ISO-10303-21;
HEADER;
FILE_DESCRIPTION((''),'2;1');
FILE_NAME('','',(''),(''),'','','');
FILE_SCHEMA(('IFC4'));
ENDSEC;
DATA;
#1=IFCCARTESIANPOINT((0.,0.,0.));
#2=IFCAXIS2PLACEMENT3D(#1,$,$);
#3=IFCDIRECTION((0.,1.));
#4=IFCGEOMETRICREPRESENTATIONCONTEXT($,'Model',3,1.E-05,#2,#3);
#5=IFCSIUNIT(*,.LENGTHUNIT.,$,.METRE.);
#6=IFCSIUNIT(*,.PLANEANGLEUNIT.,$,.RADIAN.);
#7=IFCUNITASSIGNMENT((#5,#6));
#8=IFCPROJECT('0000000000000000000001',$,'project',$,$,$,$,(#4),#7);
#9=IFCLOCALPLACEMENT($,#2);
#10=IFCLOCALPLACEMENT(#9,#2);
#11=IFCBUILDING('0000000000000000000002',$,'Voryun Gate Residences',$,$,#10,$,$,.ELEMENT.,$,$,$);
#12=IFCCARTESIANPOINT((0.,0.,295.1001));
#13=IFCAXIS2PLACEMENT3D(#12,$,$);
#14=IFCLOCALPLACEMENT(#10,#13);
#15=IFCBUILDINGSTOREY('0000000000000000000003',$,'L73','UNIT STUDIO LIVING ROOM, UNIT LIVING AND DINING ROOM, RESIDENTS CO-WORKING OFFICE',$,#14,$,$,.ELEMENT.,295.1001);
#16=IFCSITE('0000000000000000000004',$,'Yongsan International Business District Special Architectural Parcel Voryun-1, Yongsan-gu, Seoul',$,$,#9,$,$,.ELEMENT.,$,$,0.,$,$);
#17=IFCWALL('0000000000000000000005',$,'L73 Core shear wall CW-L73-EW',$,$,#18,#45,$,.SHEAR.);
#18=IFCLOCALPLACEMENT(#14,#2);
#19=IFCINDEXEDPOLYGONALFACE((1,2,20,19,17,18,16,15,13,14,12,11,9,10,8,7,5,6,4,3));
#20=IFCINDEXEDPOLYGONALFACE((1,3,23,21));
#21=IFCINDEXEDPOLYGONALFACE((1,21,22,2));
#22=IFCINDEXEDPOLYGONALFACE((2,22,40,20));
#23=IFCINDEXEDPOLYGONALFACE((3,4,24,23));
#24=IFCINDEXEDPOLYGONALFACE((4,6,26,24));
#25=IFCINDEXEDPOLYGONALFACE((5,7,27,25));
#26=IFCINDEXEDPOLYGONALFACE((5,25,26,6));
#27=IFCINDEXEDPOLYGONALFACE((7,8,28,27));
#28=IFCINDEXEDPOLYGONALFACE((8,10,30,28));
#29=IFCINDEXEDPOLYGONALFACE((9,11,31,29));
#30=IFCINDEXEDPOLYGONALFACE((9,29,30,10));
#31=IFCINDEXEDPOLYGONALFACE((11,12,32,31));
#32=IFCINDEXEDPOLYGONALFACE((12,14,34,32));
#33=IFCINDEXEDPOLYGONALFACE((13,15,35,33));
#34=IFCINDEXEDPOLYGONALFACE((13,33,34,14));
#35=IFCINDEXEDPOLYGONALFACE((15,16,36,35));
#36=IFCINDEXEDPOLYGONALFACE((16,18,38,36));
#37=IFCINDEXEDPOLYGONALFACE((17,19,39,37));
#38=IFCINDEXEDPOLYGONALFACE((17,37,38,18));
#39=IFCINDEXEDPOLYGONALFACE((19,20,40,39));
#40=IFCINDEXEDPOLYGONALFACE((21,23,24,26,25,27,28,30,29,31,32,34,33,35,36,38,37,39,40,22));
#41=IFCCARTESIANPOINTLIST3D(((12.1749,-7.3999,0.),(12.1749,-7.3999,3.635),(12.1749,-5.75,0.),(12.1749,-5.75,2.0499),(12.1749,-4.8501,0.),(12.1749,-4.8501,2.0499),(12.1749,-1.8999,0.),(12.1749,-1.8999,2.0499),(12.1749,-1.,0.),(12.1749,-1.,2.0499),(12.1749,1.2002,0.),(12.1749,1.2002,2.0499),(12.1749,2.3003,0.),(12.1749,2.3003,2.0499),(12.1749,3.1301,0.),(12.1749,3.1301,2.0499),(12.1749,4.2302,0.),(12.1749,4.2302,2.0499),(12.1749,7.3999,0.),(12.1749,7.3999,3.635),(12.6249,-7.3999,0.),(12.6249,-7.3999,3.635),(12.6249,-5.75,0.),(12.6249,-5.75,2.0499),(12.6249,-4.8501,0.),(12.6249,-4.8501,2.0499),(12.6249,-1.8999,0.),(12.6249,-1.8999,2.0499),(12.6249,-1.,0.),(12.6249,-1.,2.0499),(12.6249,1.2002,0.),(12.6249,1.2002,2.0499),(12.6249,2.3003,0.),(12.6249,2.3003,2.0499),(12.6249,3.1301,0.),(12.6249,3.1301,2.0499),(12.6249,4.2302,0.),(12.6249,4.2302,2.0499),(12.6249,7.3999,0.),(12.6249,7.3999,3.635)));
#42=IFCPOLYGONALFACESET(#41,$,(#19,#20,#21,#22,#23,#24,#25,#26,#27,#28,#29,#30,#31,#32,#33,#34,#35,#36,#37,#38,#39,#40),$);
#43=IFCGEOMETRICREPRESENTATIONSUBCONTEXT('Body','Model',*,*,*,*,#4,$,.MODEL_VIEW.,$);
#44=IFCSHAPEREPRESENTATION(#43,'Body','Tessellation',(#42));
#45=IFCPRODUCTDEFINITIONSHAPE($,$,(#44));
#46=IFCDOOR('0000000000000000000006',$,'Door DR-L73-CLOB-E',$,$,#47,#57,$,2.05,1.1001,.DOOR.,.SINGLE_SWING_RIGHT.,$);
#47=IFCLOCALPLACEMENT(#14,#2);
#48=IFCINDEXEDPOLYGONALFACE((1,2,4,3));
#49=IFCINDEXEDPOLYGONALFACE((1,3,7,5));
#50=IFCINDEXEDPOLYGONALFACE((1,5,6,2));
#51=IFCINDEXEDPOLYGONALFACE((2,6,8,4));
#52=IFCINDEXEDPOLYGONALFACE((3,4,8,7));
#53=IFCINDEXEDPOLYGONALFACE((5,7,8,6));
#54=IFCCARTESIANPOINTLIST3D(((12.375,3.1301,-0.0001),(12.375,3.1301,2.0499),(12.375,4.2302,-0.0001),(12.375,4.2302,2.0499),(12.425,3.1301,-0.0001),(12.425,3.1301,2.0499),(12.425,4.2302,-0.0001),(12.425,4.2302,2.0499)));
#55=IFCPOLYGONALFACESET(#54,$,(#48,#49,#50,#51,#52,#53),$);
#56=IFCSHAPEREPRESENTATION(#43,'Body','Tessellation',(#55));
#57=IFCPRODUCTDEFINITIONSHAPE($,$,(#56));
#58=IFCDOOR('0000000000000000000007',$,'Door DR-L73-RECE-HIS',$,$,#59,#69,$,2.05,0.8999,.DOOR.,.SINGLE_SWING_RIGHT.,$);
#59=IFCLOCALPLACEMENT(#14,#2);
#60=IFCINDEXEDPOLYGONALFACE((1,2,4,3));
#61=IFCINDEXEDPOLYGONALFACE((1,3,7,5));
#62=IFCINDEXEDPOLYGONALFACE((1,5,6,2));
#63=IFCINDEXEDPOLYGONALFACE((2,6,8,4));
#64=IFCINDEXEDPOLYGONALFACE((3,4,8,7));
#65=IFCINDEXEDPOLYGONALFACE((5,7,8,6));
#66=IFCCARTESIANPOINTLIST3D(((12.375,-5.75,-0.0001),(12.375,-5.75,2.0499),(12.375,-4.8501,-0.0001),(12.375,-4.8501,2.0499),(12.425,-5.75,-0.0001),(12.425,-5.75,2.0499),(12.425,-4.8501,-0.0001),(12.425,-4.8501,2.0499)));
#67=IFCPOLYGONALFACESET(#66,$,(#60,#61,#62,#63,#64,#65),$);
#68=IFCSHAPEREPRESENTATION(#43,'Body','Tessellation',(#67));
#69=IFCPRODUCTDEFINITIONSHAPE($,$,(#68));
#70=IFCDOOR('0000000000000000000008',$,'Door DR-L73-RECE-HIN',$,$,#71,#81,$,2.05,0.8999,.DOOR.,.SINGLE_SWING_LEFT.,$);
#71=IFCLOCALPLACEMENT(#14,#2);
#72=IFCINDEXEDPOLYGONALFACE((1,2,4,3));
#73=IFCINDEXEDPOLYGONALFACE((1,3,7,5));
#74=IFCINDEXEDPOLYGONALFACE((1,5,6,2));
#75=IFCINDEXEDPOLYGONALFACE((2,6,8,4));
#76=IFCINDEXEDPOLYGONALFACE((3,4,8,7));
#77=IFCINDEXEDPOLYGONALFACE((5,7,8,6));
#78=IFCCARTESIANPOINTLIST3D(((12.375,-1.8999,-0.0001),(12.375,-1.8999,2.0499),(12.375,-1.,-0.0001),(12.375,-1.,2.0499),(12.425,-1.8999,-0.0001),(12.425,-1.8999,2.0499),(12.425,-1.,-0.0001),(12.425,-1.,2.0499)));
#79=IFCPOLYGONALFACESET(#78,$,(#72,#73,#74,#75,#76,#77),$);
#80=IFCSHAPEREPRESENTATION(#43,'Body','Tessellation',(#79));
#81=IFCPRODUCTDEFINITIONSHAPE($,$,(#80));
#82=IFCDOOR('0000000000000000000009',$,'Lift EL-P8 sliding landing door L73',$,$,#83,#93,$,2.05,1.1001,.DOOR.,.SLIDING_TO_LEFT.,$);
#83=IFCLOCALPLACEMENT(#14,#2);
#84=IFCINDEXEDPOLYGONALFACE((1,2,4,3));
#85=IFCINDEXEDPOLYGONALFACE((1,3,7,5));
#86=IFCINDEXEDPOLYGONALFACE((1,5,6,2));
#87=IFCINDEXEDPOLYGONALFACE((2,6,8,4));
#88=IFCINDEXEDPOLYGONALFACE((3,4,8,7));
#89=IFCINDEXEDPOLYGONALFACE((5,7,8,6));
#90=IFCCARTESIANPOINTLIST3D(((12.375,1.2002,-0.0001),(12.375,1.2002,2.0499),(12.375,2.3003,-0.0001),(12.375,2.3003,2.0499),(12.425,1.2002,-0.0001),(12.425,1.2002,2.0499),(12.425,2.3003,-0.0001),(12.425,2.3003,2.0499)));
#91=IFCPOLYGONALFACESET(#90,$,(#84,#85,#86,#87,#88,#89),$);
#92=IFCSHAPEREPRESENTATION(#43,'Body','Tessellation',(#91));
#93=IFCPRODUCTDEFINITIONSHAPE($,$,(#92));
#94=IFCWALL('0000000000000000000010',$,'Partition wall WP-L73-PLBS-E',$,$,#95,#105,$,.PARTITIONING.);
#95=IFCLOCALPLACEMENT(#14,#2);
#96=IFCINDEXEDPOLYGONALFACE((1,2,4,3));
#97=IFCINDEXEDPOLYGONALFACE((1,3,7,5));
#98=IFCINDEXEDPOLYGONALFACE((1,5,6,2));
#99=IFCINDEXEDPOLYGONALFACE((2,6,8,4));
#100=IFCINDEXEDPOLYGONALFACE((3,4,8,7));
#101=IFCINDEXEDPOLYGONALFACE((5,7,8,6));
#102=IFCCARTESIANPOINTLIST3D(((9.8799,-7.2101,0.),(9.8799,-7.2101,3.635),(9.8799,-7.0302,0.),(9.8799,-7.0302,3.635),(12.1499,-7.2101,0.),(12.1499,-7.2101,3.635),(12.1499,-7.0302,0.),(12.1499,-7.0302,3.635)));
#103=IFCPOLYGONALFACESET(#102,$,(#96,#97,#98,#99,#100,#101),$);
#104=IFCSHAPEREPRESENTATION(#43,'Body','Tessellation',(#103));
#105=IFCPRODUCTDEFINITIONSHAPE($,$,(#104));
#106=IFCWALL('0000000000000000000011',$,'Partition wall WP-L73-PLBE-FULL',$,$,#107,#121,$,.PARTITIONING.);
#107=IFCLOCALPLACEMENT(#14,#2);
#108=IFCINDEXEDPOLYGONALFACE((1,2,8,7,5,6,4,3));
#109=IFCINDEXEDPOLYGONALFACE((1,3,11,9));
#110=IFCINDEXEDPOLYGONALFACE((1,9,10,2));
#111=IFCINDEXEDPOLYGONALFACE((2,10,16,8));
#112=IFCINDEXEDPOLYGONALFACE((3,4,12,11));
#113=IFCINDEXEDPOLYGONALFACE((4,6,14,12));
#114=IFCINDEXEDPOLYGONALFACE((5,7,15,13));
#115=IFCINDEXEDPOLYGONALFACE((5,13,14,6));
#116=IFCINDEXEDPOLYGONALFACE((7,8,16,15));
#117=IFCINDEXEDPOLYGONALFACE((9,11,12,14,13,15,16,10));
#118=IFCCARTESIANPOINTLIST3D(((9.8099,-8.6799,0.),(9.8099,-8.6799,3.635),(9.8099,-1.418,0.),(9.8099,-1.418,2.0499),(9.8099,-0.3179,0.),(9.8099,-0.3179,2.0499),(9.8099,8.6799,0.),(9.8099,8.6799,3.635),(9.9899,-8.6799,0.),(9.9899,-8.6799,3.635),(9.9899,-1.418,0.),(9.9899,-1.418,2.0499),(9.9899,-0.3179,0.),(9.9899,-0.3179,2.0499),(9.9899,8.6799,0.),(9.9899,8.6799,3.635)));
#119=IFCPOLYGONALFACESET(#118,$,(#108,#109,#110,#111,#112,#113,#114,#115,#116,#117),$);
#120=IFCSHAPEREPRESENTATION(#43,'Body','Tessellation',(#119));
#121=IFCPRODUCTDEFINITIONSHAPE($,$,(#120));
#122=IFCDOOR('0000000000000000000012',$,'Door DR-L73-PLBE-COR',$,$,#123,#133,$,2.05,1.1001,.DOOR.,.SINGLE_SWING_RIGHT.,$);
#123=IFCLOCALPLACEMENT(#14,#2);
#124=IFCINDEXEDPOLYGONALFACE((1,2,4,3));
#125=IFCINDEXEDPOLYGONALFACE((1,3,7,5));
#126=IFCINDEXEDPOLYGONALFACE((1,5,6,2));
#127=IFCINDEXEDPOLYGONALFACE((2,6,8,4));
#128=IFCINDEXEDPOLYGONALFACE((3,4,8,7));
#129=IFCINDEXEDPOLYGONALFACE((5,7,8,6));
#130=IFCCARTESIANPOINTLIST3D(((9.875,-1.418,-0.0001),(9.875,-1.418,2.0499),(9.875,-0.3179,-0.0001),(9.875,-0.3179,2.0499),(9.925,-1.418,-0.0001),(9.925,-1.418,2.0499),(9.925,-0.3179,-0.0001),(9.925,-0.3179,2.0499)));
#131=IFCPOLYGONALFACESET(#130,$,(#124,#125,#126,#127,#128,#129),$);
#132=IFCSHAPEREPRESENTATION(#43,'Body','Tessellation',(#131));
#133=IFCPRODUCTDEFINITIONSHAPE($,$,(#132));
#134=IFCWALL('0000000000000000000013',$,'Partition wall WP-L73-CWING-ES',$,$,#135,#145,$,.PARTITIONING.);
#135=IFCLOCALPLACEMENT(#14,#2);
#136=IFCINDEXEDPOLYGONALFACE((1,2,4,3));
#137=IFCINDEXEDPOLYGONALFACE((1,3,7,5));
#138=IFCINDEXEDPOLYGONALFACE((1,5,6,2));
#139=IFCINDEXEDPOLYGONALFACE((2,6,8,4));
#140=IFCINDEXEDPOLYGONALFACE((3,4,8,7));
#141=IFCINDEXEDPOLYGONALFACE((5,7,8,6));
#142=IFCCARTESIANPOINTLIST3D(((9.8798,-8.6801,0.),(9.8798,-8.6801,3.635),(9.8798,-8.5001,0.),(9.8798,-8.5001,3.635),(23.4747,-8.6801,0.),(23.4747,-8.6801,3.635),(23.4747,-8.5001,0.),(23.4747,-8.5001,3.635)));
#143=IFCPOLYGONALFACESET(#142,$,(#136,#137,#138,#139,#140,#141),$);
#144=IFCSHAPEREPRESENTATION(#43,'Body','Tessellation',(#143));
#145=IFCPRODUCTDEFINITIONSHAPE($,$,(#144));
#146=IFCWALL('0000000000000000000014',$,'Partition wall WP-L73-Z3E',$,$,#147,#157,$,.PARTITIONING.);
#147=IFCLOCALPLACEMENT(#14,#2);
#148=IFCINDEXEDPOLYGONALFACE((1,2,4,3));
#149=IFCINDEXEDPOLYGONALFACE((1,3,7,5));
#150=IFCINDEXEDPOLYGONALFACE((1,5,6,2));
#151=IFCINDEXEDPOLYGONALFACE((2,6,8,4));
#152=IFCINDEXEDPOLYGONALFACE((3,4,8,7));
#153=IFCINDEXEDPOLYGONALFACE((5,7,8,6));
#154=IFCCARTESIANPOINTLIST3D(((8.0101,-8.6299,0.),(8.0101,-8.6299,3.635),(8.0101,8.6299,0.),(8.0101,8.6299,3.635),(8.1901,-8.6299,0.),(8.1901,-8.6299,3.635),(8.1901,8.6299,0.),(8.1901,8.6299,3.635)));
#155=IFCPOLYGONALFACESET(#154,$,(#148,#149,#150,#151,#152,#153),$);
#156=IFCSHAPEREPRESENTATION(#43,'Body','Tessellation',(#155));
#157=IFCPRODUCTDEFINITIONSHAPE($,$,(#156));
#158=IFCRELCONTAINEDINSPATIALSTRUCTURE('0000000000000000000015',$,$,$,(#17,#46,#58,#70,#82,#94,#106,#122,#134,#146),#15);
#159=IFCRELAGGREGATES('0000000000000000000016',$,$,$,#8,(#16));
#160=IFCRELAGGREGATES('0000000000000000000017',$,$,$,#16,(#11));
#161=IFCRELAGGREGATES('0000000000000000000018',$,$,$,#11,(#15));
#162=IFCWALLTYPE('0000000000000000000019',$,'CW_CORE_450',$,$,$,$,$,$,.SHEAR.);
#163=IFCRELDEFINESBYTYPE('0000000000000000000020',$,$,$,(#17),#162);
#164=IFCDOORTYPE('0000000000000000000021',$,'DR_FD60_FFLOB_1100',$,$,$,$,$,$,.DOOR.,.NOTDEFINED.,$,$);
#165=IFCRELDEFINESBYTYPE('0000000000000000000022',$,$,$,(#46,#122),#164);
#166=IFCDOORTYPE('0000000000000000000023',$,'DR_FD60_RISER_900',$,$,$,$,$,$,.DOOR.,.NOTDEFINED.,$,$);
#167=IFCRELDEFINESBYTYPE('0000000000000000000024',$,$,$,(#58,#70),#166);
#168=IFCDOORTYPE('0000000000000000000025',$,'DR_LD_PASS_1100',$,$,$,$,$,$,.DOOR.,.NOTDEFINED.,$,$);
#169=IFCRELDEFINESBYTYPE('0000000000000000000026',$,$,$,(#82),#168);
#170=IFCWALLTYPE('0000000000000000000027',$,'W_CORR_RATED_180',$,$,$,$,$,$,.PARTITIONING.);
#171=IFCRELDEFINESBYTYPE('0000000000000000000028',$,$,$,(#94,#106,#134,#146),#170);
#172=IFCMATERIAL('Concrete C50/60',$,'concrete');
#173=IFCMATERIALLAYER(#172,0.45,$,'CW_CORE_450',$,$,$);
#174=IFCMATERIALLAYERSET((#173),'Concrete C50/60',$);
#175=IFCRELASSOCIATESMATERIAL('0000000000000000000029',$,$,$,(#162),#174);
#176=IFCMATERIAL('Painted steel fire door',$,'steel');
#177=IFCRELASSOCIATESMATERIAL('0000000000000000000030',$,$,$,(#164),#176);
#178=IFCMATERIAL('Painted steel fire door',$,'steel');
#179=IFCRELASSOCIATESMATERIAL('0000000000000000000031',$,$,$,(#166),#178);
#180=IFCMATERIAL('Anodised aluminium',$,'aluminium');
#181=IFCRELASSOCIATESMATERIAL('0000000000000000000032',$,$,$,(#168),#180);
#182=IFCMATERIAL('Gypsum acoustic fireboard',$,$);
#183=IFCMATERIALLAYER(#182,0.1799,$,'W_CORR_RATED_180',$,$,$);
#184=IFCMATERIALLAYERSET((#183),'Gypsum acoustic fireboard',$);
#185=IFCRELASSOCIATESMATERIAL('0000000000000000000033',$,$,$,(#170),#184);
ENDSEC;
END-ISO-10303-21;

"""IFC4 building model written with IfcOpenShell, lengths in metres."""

from ifc_helpers import new_model, si_unit, direction, frame, frame_2d, origin, place, context, subcontext, project, spatial, rectangle, extrude, material, layer, layer_set, type_object, element, fill, save


model = new_model("IFC4")

# Units and contexts
model_context = context("Model", 3, precision=1e-05, world=origin(), true_north=direction((0.0, 1.0)))
body_context = subcontext(model_context, "Body", "Model", "MODEL_VIEW")
ifc_project = project(units=[si_unit("LENGTHUNIT", "METRE"), si_unit("PLANEANGLEUNIT", "RADIAN")], contexts=[model_context])

# Site, building, storey
site_placement = place(None, origin())
site = spatial("IfcSite", under=ifc_project, at=site_placement, Name="Yongsan International Business District Special Architectural Parcel Voryun-1, Yongsan-gu, Seoul", CompositionType="ELEMENT", RefElevation=0.0)
building_placement = place(site_placement, origin())
building = spatial("IfcBuilding", under=site, at=building_placement, Name="Voryun Gate Residences", CompositionType="ELEMENT")
storey_placement = place(building_placement, frame((0.0, 0.0, 295.1001)))
storey = spatial("IfcBuildingStorey", under=building, at=storey_placement, Name="L73", Description="UNIT STUDIO LIVING ROOM, UNIT LIVING AND DINING ROOM, RESIDENTS CO-WORKING OFFICE", CompositionType="ELEMENT", Elevation=295.1001)

# Shared definitions
ifc_material_1 = material(Name="Concrete C50/60", Category="concrete")
ifc_layer_1 = layer(ifc_material_1, 0.45, Name="CW_CORE_450")
ifc_layer_set_1 = layer_set([ifc_layer_1], Name="Concrete C50/60")
wall_type_1 = type_object("IfcWallType", Name="CW_CORE_450", PredefinedType="SHEAR", material=ifc_layer_set_1)

# Wall, openings, doors
wall_1_placement = place(storey_placement, frame((12.3999, -7.3999, 0.0), z_axis=(0.0, 0.0, 1.0), x_axis=(0.0, 1.0, 0.0)))
wall_1 = element("IfcWall", 1, at=wall_1_placement, inside=storey, type_object=wall_type_1, Name="L73 Core shear wall CW-L73-EW", PredefinedType="SHEAR", context=body_context, shape_type="SweptSolid", body=[
    extrude(rectangle(XDim=14.7998, YDim=0.45, at=frame_2d((7.3999, 0.0))), origin(), (0.0, 0.0, 1.0), 3.635),
])
opening_1_placement = place(wall_1_placement, frame((8.6001, 0.0, 0.0)))
opening_1 = element("IfcOpeningElement", 2, at=opening_1_placement, cuts=wall_1, PredefinedType="OPENING", context=body_context, shape_type="SweptSolid", body=[
    extrude(rectangle(XDim=1.1001, YDim=2.05, at=frame_2d((0.55, 1.0249))), frame((0.0, 0.2351, 0.0), z_axis=(0.0, -1.0, 0.0), x_axis=(1.0, 0.0, 0.0)), (0.0, 0.0, 1.0), 0.47),
])
opening_2_placement = place(wall_1_placement, frame((10.53, 0.0, 0.0)))
opening_2 = element("IfcOpeningElement", 3, at=opening_2_placement, cuts=wall_1, PredefinedType="OPENING", context=body_context, shape_type="SweptSolid", body=[
    extrude(rectangle(XDim=1.1001, YDim=2.05, at=frame_2d((0.55, 1.0249))), frame((0.0, 0.2351, 0.0), z_axis=(0.0, -1.0, 0.0), x_axis=(1.0, 0.0, 0.0)), (0.0, 0.0, 1.0), 0.47),
])
opening_3_placement = place(wall_1_placement, frame((1.6499, 0.0, 0.0)))
opening_3 = element("IfcOpeningElement", 4, at=opening_3_placement, cuts=wall_1, PredefinedType="OPENING", context=body_context, shape_type="SweptSolid", body=[
    extrude(rectangle(XDim=0.8999, YDim=2.05, at=frame_2d((0.45, 1.0249))), frame((0.0, 0.2351, 0.0), z_axis=(0.0, -1.0, 0.0), x_axis=(1.0, 0.0, 0.0)), (0.0, 0.0, 1.0), 0.47),
])
opening_4_placement = place(wall_1_placement, frame((5.5, 0.0, 0.0)))
opening_4 = element("IfcOpeningElement", 5, at=opening_4_placement, cuts=wall_1, PredefinedType="OPENING", context=body_context, shape_type="SweptSolid", body=[
    extrude(rectangle(XDim=0.8999, YDim=2.05, at=frame_2d((0.45, 1.0249))), frame((0.0, 0.2351, 0.0), z_axis=(0.0, -1.0, 0.0), x_axis=(1.0, 0.0, 0.0)), (0.0, 0.0, 1.0), 0.47),
])
ifc_material_2 = material(Name="Painted steel fire door", Category="steel")
door_type_1 = type_object("IfcDoorType", Name="DR_FD60_FFLOB_1100", OperationType="NOTDEFINED", PredefinedType="DOOR", material=ifc_material_2)
door_1_placement = place(opening_2_placement, origin())
door_1 = element("IfcDoor", 6, at=door_1_placement, inside=storey, type_object=door_type_1, Name="Door DR-L73-CLOB-E", OperationType="SINGLE_SWING_RIGHT", OverallHeight=2.05, OverallWidth=1.1001, PredefinedType="DOOR", context=body_context, shape_type="SweptSolid", body=[
    extrude(rectangle(XDim=1.1001, YDim=2.05, at=frame_2d((0.55, 1.0249))), frame((0.0, 0.0249, 0.0), z_axis=(0.0, -1.0, 0.0), x_axis=(1.0, 0.0, 0.0)), (0.0, 0.0, 1.0), 0.05),
])
fill(opening_2, door_1)
ifc_material_3 = material(Name="Painted steel fire door", Category="steel")
door_type_2 = type_object("IfcDoorType", Name="DR_FD60_RISER_900", OperationType="NOTDEFINED", PredefinedType="DOOR", material=ifc_material_3)
door_2_placement = place(opening_3_placement, origin())
door_2 = element("IfcDoor", 7, at=door_2_placement, inside=storey, type_object=door_type_2, Name="Door DR-L73-RECE-HIS", OperationType="SINGLE_SWING_RIGHT", OverallHeight=2.05, OverallWidth=0.8999, PredefinedType="DOOR", context=body_context, shape_type="SweptSolid", body=[
    extrude(rectangle(XDim=0.8999, YDim=2.05, at=frame_2d((0.45, 1.0249))), frame((0.0, 0.0249, 0.0), z_axis=(0.0, -1.0, 0.0), x_axis=(1.0, 0.0, 0.0)), (0.0, 0.0, 1.0), 0.05),
])
fill(opening_3, door_2)
door_3_placement = place(opening_4_placement, origin())
door_3 = element("IfcDoor", 8, at=door_3_placement, inside=storey, type_object=door_type_2, Name="Door DR-L73-RECE-HIN", OperationType="SINGLE_SWING_LEFT", OverallHeight=2.05, OverallWidth=0.8999, PredefinedType="DOOR", context=body_context, shape_type="SweptSolid", body=[
    extrude(rectangle(XDim=0.8999, YDim=2.05, at=frame_2d((0.45, 1.0249))), frame((0.0, 0.0249, 0.0), z_axis=(0.0, -1.0, 0.0), x_axis=(1.0, 0.0, 0.0)), (0.0, 0.0, 1.0), 0.05),
])
fill(opening_4, door_3)
ifc_material_4 = material(Name="Anodised aluminium", Category="aluminium")
door_type_3 = type_object("IfcDoorType", Name="DR_LD_PASS_1100", OperationType="NOTDEFINED", PredefinedType="DOOR", material=ifc_material_4)
door_4_placement = place(opening_1_placement, origin())
door_4 = element("IfcDoor", 9, at=door_4_placement, inside=storey, type_object=door_type_3, Name="Lift EL-P8 sliding landing door L73", OperationType="SLIDING_TO_LEFT", OverallHeight=2.05, OverallWidth=1.1001, PredefinedType="DOOR", context=body_context, shape_type="SweptSolid", body=[
    extrude(rectangle(XDim=1.1001, YDim=2.05, at=frame_2d((0.55, 1.0249))), frame((0.0, 0.0249, 0.0), z_axis=(0.0, -1.0, 0.0), x_axis=(1.0, 0.0, 0.0)), (0.0, 0.0, 1.0), 0.05),
])
fill(opening_1, door_4)

# Wall
ifc_material_5 = material(Name="Gypsum acoustic fireboard")
ifc_layer_2 = layer(ifc_material_5, 0.1799, Name="W_CORR_RATED_180")
ifc_layer_set_2 = layer_set([ifc_layer_2], Name="Gypsum acoustic fireboard")
wall_type_2 = type_object("IfcWallType", Name="W_CORR_RATED_180", PredefinedType="PARTITIONING", material=ifc_layer_set_2)
wall_2_placement = place(storey_placement, frame((9.8799, -7.1201, 0.0), z_axis=(0.0, 0.0, 1.0), x_axis=(1.0, 0.0, 0.0)))
element("IfcWall", 10, at=wall_2_placement, inside=storey, type_object=wall_type_2, Name="Partition wall WP-L73-PLBS-E", PredefinedType="PARTITIONING", context=body_context, shape_type="SweptSolid", body=[
    extrude(rectangle(XDim=2.27, YDim=0.1799, at=frame_2d((1.135, 0.0))), origin(), (0.0, 0.0, 1.0), 3.635),
])

# Wall, opening, door
wall_3_placement = place(storey_placement, frame((9.8999, -8.6799, 0.0), z_axis=(0.0, 0.0, 1.0), x_axis=(0.0, 1.0, 0.0)))
wall_3 = element("IfcWall", 11, at=wall_3_placement, inside=storey, type_object=wall_type_2, Name="Partition wall WP-L73-PLBE-FULL", PredefinedType="PARTITIONING", context=body_context, shape_type="SweptSolid", body=[
    extrude(rectangle(XDim=17.3599, YDim=0.1799, at=frame_2d((8.6799, 0.0))), origin(), (0.0, 0.0, 1.0), 3.635),
])
opening_5_placement = place(wall_3_placement, frame((7.262, 0.0, 0.0)))
opening_5 = element("IfcOpeningElement", 12, at=opening_5_placement, cuts=wall_3, PredefinedType="OPENING", context=body_context, shape_type="SweptSolid", body=[
    extrude(rectangle(XDim=1.1001, YDim=2.05, at=frame_2d((0.55, 1.0249))), frame((0.0, 0.0999, 0.0), z_axis=(0.0, -1.0, 0.0), x_axis=(1.0, 0.0, 0.0)), (0.0, 0.0, 1.0), 0.2),
])
door_5_placement = place(opening_5_placement, origin())
door_5 = element("IfcDoor", 13, at=door_5_placement, inside=storey, type_object=door_type_1, Name="Door DR-L73-PLBE-COR", OperationType="SINGLE_SWING_RIGHT", OverallHeight=2.05, OverallWidth=1.1001, PredefinedType="DOOR", context=body_context, shape_type="SweptSolid", body=[
    extrude(rectangle(XDim=1.1001, YDim=2.05, at=frame_2d((0.55, 1.0249))), frame((0.0, 0.0249, 0.0), z_axis=(0.0, -1.0, 0.0), x_axis=(1.0, 0.0, 0.0)), (0.0, 0.0, 1.0), 0.05),
])
fill(opening_5, door_5)

# Walls
wall_4_placement = place(storey_placement, frame((9.8799, -8.5901, 0.0), z_axis=(0.0, 0.0, 1.0), x_axis=(1.0, 0.0, 0.0)))
element("IfcWall", 14, at=wall_4_placement, inside=storey, type_object=wall_type_2, Name="Partition wall WP-L73-CWING-ES", PredefinedType="PARTITIONING", context=body_context, shape_type="SweptSolid", body=[
    extrude(rectangle(XDim=13.595, YDim=0.1799, at=frame_2d((6.7974, 0.0))), origin(), (0.0, 0.0, 1.0), 3.635),
])
wall_5_placement = place(storey_placement, frame((8.1001, -8.6299, 0.0), z_axis=(0.0, 0.0, 1.0), x_axis=(0.0, 1.0, 0.0)))
element("IfcWall", 15, at=wall_5_placement, inside=storey, type_object=wall_type_2, Name="Partition wall WP-L73-Z3E", PredefinedType="PARTITIONING", context=body_context, shape_type="SweptSolid", body=[
    extrude(rectangle(XDim=17.2598, YDim=0.1799, at=frame_2d((8.6299, 0.0))), origin(), (0.0, 0.0, 1.0), 3.635),
])

save(model, "model.ifc")
